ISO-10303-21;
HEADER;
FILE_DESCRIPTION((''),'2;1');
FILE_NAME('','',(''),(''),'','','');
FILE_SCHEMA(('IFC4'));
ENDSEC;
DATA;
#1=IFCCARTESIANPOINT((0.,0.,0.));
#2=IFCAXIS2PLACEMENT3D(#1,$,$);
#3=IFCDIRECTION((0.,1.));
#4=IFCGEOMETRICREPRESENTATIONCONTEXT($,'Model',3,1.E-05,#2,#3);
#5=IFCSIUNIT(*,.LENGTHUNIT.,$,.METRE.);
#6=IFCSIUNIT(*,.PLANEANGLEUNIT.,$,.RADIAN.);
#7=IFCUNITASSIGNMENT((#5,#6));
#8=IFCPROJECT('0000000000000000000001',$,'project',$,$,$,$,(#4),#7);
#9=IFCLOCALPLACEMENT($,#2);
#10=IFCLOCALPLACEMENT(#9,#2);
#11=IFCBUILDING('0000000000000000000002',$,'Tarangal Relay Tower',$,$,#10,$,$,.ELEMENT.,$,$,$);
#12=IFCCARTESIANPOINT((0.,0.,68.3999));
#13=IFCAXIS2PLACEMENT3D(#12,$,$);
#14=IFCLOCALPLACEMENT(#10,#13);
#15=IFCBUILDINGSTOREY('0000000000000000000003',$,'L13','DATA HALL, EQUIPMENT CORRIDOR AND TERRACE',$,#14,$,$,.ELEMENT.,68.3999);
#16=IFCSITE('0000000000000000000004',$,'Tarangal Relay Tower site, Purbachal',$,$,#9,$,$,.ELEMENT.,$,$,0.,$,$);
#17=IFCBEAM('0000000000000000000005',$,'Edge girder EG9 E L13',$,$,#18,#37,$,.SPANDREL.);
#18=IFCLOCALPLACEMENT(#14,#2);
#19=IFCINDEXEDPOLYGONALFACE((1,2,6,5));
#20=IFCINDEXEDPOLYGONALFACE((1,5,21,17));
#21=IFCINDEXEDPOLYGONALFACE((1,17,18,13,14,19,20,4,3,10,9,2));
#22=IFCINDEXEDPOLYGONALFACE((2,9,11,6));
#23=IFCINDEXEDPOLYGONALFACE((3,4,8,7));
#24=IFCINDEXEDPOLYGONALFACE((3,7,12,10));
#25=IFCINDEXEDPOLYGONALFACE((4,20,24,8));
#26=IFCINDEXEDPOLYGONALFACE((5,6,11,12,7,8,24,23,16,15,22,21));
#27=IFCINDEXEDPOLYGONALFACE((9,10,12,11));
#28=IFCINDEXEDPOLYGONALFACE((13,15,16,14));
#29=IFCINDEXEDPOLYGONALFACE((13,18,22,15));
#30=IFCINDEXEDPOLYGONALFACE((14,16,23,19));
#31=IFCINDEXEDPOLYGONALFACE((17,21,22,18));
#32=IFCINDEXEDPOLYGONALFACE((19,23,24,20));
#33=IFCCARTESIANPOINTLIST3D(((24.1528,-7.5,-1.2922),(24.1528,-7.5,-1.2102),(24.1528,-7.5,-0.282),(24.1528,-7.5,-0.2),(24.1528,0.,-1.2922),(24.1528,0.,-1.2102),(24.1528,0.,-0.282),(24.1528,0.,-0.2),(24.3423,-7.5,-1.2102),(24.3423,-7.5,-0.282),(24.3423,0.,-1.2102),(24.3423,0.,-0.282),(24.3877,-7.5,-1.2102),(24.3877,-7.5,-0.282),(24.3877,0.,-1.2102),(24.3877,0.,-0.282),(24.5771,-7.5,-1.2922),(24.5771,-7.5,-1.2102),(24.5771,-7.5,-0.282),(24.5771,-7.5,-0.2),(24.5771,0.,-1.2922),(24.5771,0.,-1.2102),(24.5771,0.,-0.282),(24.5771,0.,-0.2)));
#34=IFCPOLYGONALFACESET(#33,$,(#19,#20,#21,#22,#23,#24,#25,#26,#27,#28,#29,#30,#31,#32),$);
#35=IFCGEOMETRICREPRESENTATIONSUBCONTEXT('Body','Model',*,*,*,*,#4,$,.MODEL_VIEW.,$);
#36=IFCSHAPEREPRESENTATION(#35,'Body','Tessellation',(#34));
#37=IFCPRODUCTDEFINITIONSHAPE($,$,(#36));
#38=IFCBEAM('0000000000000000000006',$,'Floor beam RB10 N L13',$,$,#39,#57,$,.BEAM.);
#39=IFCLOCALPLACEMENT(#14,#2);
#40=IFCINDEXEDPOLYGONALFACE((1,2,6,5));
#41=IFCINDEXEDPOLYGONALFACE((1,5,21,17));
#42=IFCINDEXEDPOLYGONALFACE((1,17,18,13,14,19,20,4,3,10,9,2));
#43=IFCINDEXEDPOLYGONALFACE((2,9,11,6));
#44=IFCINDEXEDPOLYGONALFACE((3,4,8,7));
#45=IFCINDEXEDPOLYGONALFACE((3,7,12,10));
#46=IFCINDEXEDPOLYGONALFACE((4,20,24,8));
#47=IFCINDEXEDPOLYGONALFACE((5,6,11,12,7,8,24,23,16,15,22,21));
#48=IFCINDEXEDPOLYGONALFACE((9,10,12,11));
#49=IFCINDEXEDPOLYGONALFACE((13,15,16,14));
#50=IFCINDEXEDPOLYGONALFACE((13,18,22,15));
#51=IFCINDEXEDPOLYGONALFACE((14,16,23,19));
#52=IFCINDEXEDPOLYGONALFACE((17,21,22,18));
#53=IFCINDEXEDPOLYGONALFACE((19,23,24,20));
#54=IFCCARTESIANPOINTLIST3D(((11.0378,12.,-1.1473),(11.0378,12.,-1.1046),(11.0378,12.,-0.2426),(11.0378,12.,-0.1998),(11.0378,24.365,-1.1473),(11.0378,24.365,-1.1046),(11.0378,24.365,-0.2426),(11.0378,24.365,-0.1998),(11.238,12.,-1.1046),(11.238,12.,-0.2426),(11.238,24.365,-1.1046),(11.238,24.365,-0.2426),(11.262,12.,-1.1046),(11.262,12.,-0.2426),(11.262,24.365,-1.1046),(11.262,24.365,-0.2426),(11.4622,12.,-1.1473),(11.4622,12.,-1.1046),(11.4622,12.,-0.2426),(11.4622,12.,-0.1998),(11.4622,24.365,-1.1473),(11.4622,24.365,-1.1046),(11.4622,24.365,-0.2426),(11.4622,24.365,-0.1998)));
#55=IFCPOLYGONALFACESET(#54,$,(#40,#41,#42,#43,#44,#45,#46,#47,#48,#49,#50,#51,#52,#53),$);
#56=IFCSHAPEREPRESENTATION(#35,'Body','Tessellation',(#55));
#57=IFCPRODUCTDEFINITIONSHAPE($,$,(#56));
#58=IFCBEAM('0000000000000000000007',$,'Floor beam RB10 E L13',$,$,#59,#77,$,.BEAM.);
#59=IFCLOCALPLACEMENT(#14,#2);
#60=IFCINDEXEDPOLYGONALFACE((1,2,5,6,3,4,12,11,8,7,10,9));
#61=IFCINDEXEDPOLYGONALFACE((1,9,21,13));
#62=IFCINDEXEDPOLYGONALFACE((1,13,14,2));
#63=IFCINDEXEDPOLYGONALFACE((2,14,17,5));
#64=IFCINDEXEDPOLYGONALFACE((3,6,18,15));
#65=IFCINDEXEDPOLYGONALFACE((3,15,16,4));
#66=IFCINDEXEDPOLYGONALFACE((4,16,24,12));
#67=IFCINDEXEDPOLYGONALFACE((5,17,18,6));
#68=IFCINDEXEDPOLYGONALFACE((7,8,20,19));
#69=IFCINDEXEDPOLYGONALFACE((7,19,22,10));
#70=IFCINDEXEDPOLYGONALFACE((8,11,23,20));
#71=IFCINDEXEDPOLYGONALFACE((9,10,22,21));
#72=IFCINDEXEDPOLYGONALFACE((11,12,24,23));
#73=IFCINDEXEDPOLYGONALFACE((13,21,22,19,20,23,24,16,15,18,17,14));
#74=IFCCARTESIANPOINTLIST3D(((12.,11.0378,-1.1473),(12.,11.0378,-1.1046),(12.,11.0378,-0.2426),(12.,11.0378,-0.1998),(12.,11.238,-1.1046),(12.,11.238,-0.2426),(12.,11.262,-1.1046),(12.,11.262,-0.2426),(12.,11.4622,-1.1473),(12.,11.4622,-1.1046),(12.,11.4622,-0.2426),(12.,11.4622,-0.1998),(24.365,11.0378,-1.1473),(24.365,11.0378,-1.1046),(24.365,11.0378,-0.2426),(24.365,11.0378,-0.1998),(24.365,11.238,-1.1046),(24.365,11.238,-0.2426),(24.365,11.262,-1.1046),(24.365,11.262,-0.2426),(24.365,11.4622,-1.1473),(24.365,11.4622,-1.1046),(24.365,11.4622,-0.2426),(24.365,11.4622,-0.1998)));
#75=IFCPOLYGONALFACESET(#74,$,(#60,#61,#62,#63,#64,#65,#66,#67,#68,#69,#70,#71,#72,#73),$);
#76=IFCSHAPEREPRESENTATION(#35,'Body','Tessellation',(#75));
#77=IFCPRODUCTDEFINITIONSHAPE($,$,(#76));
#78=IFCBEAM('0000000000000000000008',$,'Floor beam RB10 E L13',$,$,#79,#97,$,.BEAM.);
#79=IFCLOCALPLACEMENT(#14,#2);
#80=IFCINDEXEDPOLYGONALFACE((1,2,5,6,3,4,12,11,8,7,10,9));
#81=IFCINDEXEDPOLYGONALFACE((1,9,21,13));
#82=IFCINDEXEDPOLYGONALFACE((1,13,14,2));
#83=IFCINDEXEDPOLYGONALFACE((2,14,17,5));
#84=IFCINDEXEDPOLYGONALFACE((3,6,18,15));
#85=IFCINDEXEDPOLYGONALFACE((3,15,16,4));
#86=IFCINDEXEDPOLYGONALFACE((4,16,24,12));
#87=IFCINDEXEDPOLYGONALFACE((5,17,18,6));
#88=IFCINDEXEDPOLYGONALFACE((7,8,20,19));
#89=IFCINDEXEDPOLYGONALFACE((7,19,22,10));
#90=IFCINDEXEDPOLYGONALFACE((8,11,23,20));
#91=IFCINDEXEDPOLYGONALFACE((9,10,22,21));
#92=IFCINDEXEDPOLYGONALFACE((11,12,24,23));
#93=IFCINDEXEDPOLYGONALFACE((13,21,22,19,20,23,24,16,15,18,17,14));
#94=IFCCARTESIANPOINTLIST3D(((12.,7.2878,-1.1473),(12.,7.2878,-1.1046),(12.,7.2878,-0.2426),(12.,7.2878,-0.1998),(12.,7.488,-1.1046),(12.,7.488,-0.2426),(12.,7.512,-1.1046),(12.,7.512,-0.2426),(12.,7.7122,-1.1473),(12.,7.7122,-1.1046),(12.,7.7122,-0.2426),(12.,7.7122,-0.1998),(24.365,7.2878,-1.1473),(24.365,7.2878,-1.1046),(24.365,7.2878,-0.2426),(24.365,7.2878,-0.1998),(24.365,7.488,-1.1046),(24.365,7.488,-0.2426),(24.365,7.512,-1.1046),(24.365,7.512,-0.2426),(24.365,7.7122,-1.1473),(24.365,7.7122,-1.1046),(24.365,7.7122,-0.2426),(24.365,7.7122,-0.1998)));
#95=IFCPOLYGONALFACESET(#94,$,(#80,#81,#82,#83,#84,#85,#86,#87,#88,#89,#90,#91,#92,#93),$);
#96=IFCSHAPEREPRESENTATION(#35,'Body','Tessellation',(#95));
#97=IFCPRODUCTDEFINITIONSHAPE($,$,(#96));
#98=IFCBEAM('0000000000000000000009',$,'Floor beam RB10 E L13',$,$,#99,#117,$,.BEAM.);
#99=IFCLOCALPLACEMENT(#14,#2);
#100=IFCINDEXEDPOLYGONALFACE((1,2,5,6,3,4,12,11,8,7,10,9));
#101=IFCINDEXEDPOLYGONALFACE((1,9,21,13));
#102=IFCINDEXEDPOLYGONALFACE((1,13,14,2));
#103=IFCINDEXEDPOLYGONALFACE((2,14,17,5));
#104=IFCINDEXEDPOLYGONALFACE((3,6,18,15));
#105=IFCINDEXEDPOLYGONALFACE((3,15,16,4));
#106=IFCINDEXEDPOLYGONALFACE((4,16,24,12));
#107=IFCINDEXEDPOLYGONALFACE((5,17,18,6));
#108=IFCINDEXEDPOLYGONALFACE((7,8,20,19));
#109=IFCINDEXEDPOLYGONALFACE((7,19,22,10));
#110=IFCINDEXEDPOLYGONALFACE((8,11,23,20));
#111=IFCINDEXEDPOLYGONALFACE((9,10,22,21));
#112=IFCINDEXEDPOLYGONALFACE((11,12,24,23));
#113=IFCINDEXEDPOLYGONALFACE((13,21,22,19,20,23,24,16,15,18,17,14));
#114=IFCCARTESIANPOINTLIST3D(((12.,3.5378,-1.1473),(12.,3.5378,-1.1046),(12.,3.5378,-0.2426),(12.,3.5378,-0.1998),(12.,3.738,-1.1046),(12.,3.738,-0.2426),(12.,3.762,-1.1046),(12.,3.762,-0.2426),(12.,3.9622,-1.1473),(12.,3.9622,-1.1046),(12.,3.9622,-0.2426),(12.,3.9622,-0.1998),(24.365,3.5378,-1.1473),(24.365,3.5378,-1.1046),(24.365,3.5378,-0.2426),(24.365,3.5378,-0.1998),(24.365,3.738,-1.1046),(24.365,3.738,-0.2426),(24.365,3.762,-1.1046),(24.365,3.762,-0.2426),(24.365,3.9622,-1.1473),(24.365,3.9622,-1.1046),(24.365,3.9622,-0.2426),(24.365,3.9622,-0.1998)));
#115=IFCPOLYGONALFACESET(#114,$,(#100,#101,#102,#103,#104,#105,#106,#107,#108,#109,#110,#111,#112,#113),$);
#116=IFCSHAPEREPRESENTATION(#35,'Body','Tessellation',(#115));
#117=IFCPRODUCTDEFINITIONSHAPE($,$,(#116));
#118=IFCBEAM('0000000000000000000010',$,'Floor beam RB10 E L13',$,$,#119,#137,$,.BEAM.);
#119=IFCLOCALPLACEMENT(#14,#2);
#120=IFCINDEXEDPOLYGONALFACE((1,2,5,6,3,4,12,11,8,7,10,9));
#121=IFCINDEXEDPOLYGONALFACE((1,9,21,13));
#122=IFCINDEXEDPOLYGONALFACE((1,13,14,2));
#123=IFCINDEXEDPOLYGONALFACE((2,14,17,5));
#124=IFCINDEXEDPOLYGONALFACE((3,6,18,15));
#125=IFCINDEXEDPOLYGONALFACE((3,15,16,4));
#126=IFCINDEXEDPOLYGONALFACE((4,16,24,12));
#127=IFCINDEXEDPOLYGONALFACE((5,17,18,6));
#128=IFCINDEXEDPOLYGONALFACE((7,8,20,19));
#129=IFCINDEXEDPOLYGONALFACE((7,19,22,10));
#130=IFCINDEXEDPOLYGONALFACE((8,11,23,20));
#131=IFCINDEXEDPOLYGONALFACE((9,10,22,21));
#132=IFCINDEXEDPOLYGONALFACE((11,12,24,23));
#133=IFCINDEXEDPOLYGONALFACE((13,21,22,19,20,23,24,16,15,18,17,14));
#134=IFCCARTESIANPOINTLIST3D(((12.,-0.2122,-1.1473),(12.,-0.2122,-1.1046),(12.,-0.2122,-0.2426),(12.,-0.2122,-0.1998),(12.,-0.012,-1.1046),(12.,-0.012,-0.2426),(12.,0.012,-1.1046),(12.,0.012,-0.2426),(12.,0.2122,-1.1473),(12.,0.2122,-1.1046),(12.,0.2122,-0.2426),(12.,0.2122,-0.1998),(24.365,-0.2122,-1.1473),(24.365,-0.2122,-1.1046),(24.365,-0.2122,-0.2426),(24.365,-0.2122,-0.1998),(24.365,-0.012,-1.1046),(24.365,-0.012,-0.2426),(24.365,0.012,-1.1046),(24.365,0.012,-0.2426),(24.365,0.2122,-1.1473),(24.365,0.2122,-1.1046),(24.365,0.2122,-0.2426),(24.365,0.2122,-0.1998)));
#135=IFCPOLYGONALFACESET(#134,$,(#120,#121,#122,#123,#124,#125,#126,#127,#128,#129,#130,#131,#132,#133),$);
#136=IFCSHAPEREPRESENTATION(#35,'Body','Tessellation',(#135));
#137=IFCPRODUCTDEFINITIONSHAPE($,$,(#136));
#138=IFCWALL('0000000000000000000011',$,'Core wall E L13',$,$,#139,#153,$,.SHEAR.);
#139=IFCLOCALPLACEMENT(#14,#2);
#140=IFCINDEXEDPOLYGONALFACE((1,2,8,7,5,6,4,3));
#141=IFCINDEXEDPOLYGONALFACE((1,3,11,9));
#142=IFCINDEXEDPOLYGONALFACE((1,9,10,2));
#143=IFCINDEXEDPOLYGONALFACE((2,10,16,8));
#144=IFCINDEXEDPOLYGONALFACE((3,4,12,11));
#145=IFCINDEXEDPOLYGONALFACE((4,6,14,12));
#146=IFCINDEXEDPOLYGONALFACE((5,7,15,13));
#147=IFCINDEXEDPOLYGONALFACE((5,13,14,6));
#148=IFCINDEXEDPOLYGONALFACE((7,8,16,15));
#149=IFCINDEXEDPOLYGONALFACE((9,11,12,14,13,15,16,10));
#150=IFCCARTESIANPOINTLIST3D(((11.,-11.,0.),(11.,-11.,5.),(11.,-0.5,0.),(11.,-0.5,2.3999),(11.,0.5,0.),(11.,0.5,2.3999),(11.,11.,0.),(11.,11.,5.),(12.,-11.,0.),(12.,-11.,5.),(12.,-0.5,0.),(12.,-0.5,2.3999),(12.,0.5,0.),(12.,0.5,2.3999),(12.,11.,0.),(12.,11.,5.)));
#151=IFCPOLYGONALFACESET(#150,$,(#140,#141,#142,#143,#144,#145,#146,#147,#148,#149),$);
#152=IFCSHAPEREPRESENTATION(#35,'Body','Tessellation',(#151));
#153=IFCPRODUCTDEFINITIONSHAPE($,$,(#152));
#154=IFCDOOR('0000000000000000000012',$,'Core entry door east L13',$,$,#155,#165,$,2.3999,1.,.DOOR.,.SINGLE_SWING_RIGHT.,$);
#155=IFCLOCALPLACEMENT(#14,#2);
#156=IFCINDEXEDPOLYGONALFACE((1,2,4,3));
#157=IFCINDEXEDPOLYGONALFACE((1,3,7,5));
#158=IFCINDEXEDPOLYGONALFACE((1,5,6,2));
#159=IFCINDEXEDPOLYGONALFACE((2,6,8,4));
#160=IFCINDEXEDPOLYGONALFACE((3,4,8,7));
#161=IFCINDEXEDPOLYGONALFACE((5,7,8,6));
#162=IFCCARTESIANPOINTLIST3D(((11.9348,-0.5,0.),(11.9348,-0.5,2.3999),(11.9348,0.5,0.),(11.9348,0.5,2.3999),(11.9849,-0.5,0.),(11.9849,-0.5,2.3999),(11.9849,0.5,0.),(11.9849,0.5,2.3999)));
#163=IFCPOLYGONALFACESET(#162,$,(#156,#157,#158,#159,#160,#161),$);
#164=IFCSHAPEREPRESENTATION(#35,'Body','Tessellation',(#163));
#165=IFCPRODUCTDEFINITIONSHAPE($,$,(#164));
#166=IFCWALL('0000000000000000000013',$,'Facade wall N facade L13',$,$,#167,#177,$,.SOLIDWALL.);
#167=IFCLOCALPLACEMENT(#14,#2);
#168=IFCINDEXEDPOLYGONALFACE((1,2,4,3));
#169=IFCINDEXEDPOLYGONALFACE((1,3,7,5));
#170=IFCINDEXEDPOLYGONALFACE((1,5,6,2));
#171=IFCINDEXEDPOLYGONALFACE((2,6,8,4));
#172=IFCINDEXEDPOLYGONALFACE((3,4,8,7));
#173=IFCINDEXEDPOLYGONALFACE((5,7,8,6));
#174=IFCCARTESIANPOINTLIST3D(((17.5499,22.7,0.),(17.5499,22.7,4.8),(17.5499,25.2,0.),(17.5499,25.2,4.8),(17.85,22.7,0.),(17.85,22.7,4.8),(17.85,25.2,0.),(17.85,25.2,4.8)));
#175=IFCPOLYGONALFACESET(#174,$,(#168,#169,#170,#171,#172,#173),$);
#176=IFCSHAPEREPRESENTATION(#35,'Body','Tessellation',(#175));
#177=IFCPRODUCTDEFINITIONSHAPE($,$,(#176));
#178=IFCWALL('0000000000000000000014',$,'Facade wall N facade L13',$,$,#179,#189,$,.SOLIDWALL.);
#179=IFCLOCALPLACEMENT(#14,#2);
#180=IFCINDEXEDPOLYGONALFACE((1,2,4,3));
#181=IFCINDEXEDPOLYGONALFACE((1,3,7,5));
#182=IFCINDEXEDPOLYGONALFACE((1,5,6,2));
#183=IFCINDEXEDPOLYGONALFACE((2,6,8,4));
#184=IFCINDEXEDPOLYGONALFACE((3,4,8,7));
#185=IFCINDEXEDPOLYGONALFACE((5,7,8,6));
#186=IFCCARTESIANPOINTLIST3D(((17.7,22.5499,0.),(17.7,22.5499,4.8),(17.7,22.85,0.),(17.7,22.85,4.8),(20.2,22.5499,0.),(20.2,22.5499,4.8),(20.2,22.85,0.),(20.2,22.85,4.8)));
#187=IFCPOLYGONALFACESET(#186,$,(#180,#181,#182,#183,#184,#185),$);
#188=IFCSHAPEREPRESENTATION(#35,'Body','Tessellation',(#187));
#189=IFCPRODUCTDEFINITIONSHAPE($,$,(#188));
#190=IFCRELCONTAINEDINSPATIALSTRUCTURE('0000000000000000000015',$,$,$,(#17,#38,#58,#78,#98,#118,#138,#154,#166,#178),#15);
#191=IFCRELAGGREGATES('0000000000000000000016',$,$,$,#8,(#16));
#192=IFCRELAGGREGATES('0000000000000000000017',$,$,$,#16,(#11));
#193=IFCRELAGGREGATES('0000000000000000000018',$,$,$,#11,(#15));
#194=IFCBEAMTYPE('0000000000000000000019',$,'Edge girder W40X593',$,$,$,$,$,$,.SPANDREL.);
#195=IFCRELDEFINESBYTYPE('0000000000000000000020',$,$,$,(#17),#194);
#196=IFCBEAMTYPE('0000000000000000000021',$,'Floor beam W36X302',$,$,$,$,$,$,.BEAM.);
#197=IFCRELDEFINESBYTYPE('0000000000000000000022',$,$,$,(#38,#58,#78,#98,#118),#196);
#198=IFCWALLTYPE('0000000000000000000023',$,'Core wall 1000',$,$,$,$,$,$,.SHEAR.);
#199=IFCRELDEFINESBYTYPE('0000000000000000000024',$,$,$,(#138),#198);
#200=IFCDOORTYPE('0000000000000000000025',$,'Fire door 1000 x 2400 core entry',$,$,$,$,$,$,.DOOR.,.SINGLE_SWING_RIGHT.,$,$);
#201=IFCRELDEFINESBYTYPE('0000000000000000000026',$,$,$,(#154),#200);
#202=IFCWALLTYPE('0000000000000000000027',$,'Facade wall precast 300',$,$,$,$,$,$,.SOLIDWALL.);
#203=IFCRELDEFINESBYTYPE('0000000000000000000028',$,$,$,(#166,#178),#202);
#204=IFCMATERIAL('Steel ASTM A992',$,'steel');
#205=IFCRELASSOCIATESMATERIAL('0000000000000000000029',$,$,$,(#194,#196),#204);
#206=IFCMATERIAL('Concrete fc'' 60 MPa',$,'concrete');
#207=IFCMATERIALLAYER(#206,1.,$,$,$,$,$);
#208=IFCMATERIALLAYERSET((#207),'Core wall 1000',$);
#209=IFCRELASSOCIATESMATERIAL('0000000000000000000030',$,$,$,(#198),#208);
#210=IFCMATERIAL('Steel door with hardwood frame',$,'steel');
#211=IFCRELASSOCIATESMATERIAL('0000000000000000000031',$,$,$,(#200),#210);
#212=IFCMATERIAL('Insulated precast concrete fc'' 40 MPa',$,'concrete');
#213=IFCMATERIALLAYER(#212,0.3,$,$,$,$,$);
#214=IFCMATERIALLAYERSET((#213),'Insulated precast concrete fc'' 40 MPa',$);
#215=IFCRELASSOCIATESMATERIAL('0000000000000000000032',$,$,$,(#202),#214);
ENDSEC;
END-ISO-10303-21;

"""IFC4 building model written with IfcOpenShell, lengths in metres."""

from ifc_helpers import new_model, si_unit, direction, frame, frame_2d, origin, origin_2d, place, context, subcontext, project, spatial, rectangle, i_section, extrude, material, layer, layer_set, material_profile, profile_set, type_object, element, fill, save


model = new_model("IFC4")

# Units and contexts
model_context = context("Model", 3, precision=1e-05, world=origin(), true_north=direction((0.0, 1.0)))
body_context = subcontext(model_context, "Body", "Model", "MODEL_VIEW")
ifc_project = project(units=[si_unit("LENGTHUNIT", "METRE"), si_unit("PLANEANGLEUNIT", "RADIAN")], contexts=[model_context])

# Site, building, storey
site_placement = place(None, origin())
site = spatial("IfcSite", under=ifc_project, at=site_placement, Name="Tarangal Relay Tower site, Purbachal", CompositionType="ELEMENT", RefElevation=0.0)
building_placement = place(site_placement, origin())
building = spatial("IfcBuilding", under=site, at=building_placement, Name="Tarangal Relay Tower", CompositionType="ELEMENT")
storey_placement = place(building_placement, frame((0.0, 0.0, 68.3999)))
storey = spatial("IfcBuildingStorey", under=building, at=storey_placement, Name="L13", Description="DATA HALL, EQUIPMENT CORRIDOR AND TERRACE", CompositionType="ELEMENT", Elevation=68.3999)

# Beams
ifc_material_1 = material(Name="Steel ASTM A992", Category="steel")
ifc_material_profile_1 = material_profile(ifc_material_1, i_section(OverallWidth=0.4243, OverallDepth=1.0923, WebThickness=0.0454, FlangeThickness=0.082, at=origin_2d()), Name="W40X593")
ifc_profile_set_1 = profile_set([ifc_material_profile_1], Name="Steel ASTM A992")
beam_type_1 = type_object("IfcBeamType", Name="Edge girder W40X593", PredefinedType="SPANDREL", material=ifc_profile_set_1)
for number, where, z_axis, x_axis, name in (
    (1, (24.365, 0.0, -0.7461), (0.0, -1.0, 0.0), (1.0, 0.0, 0.0), "Edge girder EG9 E L13"),
):
    element("IfcBeam", number, at=place(storey_placement, frame(where, z_axis=z_axis, x_axis=x_axis)), inside=storey, type_object=beam_type_1, Name=name, PredefinedType="SPANDREL", context=body_context, shape_type="SweptSolid", body=[
        extrude(i_section(OverallWidth=0.4243, OverallDepth=1.0923, WebThickness=0.0454, FlangeThickness=0.082, at=origin_2d()), origin(), (0.0, 0.0, 1.0), 7.5),
    ])
ifc_material_profile_2 = material_profile(ifc_material_1, i_section(OverallWidth=0.4243, OverallDepth=0.9475, WebThickness=0.0239, FlangeThickness=0.0427, at=origin_2d()), Name="W36X302")
ifc_profile_set_2 = profile_set([ifc_material_profile_2], Name="Steel ASTM A992")
beam_type_2 = type_object("IfcBeamType", Name="Floor beam W36X302", PredefinedType="BEAM", material=ifc_profile_set_2)
for number, where, z_axis, x_axis, name in (
    (2, (11.25, 12.0, -0.6736), (0.0, 1.0, 0.0), (-1.0, 0.0, 0.0), "Floor beam RB10 N L13"),
    (3, (12.0, 11.25, -0.6736), (1.0, 0.0, 0.0), (0.0, 1.0, 0.0), "Floor beam RB10 E L13"),
    (4, (12.0, 7.5, -0.6736), (1.0, 0.0, 0.0), (0.0, 1.0, 0.0), "Floor beam RB10 E L13"),
    (5, (12.0, 3.75, -0.6736), (1.0, 0.0, 0.0), (0.0, 1.0, 0.0), "Floor beam RB10 E L13"),
    (6, (12.0, 0.0, -0.6736), (1.0, 0.0, 0.0), (0.0, 1.0, 0.0), "Floor beam RB10 E L13"),
):
    element("IfcBeam", number, at=place(storey_placement, frame(where, z_axis=z_axis, x_axis=x_axis)), inside=storey, type_object=beam_type_2, Name=name, PredefinedType="BEAM", context=body_context, shape_type="SweptSolid", body=[
        extrude(i_section(OverallWidth=0.4243, OverallDepth=0.9475, WebThickness=0.0239, FlangeThickness=0.0427, at=origin_2d()), origin(), (0.0, 0.0, 1.0), 12.365),
    ])

# Wall, opening, door
ifc_material_2 = material(Name="Concrete fc' 60 MPa", Category="concrete")
ifc_layer_1 = layer(ifc_material_2, 1.0)
ifc_layer_set_1 = layer_set([ifc_layer_1], Name="Core wall 1000")
wall_type_1 = type_object("IfcWallType", Name="Core wall 1000", PredefinedType="SHEAR", material=ifc_layer_set_1)
wall_1_placement = place(storey_placement, frame((11.5, 11.0, 0.0), z_axis=(0.0, 0.0, 1.0), x_axis=(0.0, -1.0, 0.0)))
wall_1 = element("IfcWall", 7, at=wall_1_placement, inside=storey, type_object=wall_type_1, Name="Core wall E L13", PredefinedType="SHEAR", context=body_context, shape_type="SweptSolid", body=[
    extrude(rectangle(XDim=22.0, YDim=1.0, at=frame_2d((11.0, 0.0))), origin(), (0.0, 0.0, 1.0), 5.0),
])
opening_1_placement = place(wall_1_placement, frame((10.5, 0.0, 0.0)))
opening_1 = element("IfcOpeningElement", 8, at=opening_1_placement, cuts=wall_1, PredefinedType="OPENING", context=body_context, shape_type="SweptSolid", body=[
    extrude(rectangle(XDim=1.0, YDim=2.3999, at=frame_2d((0.5, 1.2))), frame((0.0, 0.51, 0.0), z_axis=(0.0, -1.0, 0.0), x_axis=(1.0, 0.0, 0.0)), (0.0, 0.0, 1.0), 1.02),
])
ifc_material_3 = material(Name="Steel door with hardwood frame", Category="steel")
door_type_1 = type_object("IfcDoorType", Name="Fire door 1000 x 2400 core entry", OperationType="SINGLE_SWING_RIGHT", PredefinedType="DOOR", material=ifc_material_3)
door_1_placement = place(opening_1_placement, origin())
door_1 = element("IfcDoor", 9, at=door_1_placement, inside=storey, type_object=door_type_1, Name="Core entry door east L13", OperationType="SINGLE_SWING_RIGHT", OverallHeight=2.3999, OverallWidth=1.0, PredefinedType="DOOR", context=body_context, shape_type="SweptSolid", body=[
    extrude(rectangle(XDim=1.0, YDim=2.3999, at=frame_2d((0.5, 1.2))), frame((0.0, 0.4849, 0.0), z_axis=(0.0, -1.0, 0.0), x_axis=(1.0, 0.0, 0.0)), (0.0, 0.0, 1.0), 0.05),
])
fill(opening_1, door_1)

# Walls
ifc_material_4 = material(Name="Insulated precast concrete fc' 40 MPa", Category="concrete")
ifc_layer_2 = layer(ifc_material_4, 0.3)
ifc_layer_set_2 = layer_set([ifc_layer_2], Name="Insulated precast concrete fc' 40 MPa")
wall_type_2 = type_object("IfcWallType", Name="Facade wall precast 300", PredefinedType="SOLIDWALL", material=ifc_layer_set_2)
for number, where, z_axis, x_axis, name in (
    (10, (17.7, 25.2, 0.0), (0.0, 0.0, 1.0), (0.0, -1.0, 0.0), "Facade wall N facade L13"),
    (11, (17.7, 22.7, 0.0), (0.0, 0.0, 1.0), (1.0, 0.0, 0.0), "Facade wall N facade L13"),
):
    element("IfcWall", number, at=place(storey_placement, frame(where, z_axis=z_axis, x_axis=x_axis)), inside=storey, type_object=wall_type_2, Name=name, PredefinedType="SOLIDWALL", context=body_context, shape_type="SweptSolid", body=[
        extrude(rectangle(XDim=2.5, YDim=0.3, at=frame_2d((1.25, 0.0))), origin(), (0.0, 0.0, 1.0), 4.8),
    ])

save(model, "model.ifc")
